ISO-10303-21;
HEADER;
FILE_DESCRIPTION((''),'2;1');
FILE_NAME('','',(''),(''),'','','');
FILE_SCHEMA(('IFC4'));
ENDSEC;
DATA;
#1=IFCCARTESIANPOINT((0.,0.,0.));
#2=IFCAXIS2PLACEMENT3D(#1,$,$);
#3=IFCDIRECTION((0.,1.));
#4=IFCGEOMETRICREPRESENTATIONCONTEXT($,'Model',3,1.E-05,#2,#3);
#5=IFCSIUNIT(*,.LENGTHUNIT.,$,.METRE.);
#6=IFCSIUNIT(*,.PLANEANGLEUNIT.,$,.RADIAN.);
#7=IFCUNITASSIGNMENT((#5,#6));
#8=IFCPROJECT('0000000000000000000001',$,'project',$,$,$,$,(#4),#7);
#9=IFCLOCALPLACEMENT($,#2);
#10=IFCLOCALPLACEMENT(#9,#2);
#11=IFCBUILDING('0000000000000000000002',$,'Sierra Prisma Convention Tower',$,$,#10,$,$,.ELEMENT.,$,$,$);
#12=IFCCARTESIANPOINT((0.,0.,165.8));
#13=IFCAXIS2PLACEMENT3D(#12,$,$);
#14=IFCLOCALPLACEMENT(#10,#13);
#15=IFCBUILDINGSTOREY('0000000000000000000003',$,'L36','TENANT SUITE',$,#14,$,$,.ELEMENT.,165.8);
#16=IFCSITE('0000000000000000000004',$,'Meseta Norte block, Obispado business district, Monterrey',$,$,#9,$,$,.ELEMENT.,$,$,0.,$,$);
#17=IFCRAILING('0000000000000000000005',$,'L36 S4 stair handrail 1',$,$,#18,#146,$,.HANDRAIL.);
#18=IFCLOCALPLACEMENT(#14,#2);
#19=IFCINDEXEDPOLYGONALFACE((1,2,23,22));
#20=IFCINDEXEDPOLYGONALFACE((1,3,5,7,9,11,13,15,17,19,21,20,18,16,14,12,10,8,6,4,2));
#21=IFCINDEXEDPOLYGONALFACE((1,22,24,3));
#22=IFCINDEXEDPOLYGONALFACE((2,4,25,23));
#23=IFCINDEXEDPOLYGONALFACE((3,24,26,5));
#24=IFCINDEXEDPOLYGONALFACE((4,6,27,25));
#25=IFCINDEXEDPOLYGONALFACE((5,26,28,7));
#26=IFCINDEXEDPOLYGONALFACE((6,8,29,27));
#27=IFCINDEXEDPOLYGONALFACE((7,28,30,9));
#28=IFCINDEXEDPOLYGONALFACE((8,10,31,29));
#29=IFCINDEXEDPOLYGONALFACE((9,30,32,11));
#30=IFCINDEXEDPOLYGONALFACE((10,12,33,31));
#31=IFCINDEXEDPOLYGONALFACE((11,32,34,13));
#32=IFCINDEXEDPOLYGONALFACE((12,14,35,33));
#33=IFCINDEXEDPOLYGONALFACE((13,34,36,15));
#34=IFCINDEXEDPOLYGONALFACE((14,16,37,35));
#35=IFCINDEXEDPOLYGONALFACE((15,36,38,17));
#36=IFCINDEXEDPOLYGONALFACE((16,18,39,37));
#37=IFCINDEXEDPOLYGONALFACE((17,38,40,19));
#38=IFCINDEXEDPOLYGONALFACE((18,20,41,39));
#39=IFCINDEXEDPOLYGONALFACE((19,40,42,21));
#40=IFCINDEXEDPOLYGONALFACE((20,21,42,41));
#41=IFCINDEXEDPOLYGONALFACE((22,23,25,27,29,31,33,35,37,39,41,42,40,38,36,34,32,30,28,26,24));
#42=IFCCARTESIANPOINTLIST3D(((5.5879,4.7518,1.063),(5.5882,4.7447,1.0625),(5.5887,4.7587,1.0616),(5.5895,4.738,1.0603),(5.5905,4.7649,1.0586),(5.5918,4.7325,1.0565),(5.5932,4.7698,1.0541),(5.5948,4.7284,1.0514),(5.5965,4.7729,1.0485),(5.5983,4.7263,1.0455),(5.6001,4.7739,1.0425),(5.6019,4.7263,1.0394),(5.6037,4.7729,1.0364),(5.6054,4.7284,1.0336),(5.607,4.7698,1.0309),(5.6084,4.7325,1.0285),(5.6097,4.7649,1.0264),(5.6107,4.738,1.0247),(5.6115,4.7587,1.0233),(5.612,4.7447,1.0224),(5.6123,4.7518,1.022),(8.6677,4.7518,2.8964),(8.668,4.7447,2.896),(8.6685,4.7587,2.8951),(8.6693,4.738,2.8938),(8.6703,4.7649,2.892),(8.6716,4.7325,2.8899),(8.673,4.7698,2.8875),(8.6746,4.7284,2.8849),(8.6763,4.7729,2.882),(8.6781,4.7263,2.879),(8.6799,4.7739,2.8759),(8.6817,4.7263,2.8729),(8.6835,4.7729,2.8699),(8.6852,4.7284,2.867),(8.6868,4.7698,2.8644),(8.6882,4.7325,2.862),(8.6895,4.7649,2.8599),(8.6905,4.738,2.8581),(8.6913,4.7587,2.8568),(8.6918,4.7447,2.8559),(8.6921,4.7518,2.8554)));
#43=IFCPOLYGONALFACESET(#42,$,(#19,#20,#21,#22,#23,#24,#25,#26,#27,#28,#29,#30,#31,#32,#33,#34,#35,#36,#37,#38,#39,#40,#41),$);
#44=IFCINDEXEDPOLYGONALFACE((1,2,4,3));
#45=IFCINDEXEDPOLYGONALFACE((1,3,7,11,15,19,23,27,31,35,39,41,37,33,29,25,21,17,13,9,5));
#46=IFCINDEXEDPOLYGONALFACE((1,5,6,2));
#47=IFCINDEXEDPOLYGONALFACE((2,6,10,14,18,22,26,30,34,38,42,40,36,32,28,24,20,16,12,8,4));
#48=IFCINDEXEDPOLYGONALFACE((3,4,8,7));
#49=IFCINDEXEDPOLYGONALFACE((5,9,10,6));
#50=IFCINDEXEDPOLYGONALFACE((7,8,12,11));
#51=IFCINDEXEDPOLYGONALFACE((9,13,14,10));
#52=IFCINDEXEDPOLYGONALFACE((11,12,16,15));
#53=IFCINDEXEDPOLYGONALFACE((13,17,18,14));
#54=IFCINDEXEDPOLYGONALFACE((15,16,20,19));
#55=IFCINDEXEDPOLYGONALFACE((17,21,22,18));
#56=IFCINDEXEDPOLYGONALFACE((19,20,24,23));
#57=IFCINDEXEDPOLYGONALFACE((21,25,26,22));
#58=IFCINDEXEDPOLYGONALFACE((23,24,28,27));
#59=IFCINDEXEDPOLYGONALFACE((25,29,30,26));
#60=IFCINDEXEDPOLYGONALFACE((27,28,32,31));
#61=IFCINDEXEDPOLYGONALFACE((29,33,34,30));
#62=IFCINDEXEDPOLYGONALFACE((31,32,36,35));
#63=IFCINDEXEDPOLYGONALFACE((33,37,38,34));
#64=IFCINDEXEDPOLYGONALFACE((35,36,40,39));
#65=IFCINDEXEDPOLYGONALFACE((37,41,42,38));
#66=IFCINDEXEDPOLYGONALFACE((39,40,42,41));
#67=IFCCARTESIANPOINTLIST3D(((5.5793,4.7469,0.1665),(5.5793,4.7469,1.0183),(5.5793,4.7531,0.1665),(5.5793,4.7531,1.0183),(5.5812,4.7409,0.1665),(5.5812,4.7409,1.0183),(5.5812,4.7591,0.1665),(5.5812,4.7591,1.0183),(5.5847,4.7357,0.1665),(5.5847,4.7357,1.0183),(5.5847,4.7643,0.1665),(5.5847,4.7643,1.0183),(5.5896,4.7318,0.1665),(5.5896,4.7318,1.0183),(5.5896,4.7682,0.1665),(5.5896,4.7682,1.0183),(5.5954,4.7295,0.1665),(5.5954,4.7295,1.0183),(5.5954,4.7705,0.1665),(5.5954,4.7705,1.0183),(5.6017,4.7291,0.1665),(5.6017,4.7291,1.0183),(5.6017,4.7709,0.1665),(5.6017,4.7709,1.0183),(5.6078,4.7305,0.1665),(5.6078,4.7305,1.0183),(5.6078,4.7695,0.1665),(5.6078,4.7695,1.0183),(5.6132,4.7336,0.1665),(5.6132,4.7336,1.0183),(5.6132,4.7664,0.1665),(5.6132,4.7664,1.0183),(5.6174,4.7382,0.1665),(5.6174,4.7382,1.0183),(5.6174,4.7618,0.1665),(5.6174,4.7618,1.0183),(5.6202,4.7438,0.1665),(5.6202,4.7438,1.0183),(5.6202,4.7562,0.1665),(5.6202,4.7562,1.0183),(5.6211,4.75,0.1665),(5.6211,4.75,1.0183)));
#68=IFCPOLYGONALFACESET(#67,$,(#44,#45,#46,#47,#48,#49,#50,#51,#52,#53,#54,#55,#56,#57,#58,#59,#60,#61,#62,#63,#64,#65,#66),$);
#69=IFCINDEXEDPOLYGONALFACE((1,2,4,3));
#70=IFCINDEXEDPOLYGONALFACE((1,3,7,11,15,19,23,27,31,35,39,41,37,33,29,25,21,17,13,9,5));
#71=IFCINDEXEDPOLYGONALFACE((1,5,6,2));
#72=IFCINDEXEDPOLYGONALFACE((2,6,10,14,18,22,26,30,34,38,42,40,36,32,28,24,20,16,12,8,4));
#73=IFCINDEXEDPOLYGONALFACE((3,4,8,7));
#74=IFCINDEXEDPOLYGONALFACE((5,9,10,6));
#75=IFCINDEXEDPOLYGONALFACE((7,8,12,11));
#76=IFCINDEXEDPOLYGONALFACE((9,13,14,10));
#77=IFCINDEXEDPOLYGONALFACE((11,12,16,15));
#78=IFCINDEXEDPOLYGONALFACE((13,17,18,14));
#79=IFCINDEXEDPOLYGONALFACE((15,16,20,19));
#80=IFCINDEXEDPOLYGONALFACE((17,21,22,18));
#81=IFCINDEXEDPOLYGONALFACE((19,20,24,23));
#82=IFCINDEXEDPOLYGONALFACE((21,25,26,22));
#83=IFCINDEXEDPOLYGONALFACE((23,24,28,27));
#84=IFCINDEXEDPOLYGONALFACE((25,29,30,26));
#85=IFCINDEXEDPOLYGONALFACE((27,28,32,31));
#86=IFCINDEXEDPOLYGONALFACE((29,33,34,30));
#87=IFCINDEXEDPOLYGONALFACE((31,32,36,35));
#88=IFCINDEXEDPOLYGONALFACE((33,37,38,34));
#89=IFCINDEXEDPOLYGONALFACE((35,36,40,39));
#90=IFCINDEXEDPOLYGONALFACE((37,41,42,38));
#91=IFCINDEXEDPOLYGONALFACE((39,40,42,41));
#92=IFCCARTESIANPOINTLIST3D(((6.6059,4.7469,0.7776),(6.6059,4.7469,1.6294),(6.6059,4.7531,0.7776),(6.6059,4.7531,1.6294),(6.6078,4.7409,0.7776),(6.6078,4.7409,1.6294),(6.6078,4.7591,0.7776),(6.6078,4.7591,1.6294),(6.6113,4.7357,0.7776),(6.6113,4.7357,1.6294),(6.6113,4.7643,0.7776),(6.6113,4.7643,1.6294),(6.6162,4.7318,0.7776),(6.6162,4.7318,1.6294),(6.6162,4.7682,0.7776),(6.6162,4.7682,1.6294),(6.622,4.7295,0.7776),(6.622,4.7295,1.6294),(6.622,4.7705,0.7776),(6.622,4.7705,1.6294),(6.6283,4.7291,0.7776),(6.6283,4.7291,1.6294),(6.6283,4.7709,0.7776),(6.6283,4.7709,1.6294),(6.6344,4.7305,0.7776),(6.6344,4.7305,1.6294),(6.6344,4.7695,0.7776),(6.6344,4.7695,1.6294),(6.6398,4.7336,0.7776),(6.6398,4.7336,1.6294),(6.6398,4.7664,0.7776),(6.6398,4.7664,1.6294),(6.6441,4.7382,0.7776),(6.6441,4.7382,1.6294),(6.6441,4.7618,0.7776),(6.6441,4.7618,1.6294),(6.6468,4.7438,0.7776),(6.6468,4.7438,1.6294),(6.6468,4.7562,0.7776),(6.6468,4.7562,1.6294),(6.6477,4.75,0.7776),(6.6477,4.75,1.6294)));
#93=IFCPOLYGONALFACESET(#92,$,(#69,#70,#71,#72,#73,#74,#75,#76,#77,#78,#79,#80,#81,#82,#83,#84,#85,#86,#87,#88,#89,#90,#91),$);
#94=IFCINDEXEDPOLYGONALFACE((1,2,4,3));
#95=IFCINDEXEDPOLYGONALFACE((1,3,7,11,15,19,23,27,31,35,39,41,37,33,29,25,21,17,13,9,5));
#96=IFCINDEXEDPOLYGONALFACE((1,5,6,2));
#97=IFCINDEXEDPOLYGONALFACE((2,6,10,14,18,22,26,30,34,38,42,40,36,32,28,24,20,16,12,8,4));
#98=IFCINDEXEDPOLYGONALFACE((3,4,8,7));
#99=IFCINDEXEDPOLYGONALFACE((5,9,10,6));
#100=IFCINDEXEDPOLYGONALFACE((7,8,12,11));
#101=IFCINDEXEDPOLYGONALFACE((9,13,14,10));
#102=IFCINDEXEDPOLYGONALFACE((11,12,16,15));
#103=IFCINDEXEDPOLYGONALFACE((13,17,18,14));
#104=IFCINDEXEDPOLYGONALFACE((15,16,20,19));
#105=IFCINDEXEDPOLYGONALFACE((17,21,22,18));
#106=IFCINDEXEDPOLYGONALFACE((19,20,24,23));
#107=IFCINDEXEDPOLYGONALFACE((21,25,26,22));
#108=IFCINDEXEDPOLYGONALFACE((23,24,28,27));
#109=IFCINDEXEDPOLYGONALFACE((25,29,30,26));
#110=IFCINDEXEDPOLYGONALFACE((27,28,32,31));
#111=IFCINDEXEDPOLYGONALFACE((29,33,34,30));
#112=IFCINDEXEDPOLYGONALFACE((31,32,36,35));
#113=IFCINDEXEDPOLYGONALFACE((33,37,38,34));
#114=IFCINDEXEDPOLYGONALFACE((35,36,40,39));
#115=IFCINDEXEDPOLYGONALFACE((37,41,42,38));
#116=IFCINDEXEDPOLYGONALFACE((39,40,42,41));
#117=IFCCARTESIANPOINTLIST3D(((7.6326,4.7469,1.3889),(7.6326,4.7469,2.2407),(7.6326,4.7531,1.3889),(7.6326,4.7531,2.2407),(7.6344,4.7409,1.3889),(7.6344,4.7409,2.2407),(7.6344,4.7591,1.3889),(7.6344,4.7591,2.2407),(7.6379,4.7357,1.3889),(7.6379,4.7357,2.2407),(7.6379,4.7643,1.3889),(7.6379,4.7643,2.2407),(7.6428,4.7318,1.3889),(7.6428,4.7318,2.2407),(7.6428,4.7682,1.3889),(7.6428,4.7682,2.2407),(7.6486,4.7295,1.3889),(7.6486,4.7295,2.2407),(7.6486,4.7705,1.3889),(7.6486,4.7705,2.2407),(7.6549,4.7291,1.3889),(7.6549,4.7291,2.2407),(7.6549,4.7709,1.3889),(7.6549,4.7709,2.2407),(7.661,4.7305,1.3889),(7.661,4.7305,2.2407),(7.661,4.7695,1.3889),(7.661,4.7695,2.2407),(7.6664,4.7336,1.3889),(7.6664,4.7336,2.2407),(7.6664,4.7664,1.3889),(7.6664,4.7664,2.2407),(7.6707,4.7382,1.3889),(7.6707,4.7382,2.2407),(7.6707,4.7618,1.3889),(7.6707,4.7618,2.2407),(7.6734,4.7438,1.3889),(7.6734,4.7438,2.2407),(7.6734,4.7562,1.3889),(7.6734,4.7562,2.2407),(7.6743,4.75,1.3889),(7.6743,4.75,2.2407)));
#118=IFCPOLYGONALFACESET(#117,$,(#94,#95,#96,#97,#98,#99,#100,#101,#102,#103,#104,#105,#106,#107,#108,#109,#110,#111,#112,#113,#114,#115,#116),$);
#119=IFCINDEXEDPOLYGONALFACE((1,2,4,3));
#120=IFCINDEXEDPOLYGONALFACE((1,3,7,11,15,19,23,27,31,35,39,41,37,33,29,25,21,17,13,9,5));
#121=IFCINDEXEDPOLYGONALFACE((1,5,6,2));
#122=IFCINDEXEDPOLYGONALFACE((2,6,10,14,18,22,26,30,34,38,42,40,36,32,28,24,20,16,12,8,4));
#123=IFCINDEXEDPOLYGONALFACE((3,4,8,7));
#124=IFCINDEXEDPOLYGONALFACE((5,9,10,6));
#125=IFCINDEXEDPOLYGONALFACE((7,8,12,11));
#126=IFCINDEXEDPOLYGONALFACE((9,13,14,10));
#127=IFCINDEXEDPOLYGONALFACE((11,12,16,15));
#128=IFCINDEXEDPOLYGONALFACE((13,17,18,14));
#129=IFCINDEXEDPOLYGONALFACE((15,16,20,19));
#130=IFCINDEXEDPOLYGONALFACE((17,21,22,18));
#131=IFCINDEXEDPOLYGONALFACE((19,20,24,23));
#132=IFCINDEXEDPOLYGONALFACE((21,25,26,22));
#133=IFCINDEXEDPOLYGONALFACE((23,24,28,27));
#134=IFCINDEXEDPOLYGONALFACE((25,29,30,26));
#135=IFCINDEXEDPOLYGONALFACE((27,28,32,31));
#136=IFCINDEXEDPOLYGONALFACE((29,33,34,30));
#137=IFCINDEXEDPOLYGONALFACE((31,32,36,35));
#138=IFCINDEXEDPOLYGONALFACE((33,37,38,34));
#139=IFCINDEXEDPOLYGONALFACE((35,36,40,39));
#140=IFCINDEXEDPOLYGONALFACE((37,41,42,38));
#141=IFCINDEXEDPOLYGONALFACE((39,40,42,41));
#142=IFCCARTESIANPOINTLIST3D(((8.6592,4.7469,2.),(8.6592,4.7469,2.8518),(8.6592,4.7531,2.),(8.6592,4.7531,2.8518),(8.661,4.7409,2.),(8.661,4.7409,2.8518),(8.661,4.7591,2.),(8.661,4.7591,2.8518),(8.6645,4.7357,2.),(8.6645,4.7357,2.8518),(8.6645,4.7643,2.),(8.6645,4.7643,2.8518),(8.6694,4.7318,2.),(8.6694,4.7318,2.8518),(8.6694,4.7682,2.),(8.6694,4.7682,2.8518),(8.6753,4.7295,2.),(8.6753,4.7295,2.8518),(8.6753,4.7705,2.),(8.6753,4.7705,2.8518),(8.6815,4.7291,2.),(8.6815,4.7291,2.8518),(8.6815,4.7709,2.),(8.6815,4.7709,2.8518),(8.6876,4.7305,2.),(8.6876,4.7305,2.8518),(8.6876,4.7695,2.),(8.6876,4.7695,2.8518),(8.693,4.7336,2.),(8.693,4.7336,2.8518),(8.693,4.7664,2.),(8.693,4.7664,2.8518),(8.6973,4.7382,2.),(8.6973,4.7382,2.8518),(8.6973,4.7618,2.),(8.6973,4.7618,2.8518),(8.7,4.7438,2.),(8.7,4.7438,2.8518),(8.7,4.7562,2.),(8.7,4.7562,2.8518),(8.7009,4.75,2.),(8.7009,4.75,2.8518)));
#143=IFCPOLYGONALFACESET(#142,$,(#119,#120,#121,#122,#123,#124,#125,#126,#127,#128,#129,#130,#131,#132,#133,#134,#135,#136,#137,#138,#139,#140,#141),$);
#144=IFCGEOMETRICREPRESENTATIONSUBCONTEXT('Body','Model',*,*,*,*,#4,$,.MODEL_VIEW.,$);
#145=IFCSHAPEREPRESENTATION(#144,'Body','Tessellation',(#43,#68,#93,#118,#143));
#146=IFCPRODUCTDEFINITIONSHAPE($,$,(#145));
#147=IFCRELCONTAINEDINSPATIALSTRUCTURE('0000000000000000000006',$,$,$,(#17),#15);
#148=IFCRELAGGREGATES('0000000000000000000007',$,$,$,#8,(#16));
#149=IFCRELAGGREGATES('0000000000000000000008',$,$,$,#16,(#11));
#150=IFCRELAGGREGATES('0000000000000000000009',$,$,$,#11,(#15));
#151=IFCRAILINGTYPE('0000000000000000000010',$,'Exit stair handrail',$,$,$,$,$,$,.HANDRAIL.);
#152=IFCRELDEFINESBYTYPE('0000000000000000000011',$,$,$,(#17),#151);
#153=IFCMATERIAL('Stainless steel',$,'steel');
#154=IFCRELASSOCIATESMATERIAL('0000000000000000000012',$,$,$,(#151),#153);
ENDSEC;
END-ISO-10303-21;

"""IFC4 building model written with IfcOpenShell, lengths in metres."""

from ifc_helpers import new_model, si_unit, direction, frame, origin, origin_2d, place, context, subcontext, project, spatial, circle, extrude, material, type_object, element, save


model = new_model("IFC4")

# Units and contexts
model_context = context("Model", 3, precision=1e-05, world=origin(), true_north=direction((0.0, 1.0)))
body_context = subcontext(model_context, "Body", "Model", "MODEL_VIEW")
ifc_project = project(units=[si_unit("LENGTHUNIT", "METRE"), si_unit("PLANEANGLEUNIT", "RADIAN")], contexts=[model_context])

# Site, building, storey
site_placement = place(None, origin())
site = spatial("IfcSite", under=ifc_project, at=site_placement, Name="Meseta Norte block, Obispado business district, Monterrey", CompositionType="ELEMENT", RefElevation=0.0)
building_placement = place(site_placement, origin())
building = spatial("IfcBuilding", under=site, at=building_placement, Name="Sierra Prisma Convention Tower", CompositionType="ELEMENT")
storey_placement = place(building_placement, frame((0.0, 0.0, 165.8)))
storey = spatial("IfcBuildingStorey", under=building, at=storey_placement, Name="L36", Description="TENANT SUITE", CompositionType="ELEMENT", Elevation=165.8)

# Railing
ifc_material_1 = material(Name="Stainless steel", Category="steel")
railing_type_1 = type_object("IfcRailingType", Name="Exit stair handrail", PredefinedType="HANDRAIL", material=ifc_material_1)
railing_1_placement = place(storey_placement, frame((5.6001, 4.75, 0.1665)))
element("IfcRailing", 1, at=railing_1_placement, inside=storey, type_object=railing_type_1, Name="L36 S4 stair handrail 1", PredefinedType="HANDRAIL", context=body_context, shape_type="SweptSolid", body=[
    extrude(circle(Radius=0.0239, at=origin_2d()), frame((0.0, 0.0, 0.876), z_axis=(0.859261, 0.0, 0.511538), x_axis=(0.0, 1.0, 0.0)), (0.0, 0.0, 1.0), 3.5842),
    extrude(circle(Radius=0.021, at=origin_2d()), origin(), (0.0, 0.0, 1.0), 0.8518),
    extrude(circle(Radius=0.021, at=origin_2d()), frame((1.0266, 0.0, 0.6111)), (0.0, 0.0, 1.0), 0.8518),
    extrude(circle(Radius=0.021, at=origin_2d()), frame((2.0532, 0.0, 1.2224)), (0.0, 0.0, 1.0), 0.8518),
    extrude(circle(Radius=0.021, at=origin_2d()), frame((3.0798, 0.0, 1.8335)), (0.0, 0.0, 1.0), 0.8518),
])

save(model, "model.ifc")
